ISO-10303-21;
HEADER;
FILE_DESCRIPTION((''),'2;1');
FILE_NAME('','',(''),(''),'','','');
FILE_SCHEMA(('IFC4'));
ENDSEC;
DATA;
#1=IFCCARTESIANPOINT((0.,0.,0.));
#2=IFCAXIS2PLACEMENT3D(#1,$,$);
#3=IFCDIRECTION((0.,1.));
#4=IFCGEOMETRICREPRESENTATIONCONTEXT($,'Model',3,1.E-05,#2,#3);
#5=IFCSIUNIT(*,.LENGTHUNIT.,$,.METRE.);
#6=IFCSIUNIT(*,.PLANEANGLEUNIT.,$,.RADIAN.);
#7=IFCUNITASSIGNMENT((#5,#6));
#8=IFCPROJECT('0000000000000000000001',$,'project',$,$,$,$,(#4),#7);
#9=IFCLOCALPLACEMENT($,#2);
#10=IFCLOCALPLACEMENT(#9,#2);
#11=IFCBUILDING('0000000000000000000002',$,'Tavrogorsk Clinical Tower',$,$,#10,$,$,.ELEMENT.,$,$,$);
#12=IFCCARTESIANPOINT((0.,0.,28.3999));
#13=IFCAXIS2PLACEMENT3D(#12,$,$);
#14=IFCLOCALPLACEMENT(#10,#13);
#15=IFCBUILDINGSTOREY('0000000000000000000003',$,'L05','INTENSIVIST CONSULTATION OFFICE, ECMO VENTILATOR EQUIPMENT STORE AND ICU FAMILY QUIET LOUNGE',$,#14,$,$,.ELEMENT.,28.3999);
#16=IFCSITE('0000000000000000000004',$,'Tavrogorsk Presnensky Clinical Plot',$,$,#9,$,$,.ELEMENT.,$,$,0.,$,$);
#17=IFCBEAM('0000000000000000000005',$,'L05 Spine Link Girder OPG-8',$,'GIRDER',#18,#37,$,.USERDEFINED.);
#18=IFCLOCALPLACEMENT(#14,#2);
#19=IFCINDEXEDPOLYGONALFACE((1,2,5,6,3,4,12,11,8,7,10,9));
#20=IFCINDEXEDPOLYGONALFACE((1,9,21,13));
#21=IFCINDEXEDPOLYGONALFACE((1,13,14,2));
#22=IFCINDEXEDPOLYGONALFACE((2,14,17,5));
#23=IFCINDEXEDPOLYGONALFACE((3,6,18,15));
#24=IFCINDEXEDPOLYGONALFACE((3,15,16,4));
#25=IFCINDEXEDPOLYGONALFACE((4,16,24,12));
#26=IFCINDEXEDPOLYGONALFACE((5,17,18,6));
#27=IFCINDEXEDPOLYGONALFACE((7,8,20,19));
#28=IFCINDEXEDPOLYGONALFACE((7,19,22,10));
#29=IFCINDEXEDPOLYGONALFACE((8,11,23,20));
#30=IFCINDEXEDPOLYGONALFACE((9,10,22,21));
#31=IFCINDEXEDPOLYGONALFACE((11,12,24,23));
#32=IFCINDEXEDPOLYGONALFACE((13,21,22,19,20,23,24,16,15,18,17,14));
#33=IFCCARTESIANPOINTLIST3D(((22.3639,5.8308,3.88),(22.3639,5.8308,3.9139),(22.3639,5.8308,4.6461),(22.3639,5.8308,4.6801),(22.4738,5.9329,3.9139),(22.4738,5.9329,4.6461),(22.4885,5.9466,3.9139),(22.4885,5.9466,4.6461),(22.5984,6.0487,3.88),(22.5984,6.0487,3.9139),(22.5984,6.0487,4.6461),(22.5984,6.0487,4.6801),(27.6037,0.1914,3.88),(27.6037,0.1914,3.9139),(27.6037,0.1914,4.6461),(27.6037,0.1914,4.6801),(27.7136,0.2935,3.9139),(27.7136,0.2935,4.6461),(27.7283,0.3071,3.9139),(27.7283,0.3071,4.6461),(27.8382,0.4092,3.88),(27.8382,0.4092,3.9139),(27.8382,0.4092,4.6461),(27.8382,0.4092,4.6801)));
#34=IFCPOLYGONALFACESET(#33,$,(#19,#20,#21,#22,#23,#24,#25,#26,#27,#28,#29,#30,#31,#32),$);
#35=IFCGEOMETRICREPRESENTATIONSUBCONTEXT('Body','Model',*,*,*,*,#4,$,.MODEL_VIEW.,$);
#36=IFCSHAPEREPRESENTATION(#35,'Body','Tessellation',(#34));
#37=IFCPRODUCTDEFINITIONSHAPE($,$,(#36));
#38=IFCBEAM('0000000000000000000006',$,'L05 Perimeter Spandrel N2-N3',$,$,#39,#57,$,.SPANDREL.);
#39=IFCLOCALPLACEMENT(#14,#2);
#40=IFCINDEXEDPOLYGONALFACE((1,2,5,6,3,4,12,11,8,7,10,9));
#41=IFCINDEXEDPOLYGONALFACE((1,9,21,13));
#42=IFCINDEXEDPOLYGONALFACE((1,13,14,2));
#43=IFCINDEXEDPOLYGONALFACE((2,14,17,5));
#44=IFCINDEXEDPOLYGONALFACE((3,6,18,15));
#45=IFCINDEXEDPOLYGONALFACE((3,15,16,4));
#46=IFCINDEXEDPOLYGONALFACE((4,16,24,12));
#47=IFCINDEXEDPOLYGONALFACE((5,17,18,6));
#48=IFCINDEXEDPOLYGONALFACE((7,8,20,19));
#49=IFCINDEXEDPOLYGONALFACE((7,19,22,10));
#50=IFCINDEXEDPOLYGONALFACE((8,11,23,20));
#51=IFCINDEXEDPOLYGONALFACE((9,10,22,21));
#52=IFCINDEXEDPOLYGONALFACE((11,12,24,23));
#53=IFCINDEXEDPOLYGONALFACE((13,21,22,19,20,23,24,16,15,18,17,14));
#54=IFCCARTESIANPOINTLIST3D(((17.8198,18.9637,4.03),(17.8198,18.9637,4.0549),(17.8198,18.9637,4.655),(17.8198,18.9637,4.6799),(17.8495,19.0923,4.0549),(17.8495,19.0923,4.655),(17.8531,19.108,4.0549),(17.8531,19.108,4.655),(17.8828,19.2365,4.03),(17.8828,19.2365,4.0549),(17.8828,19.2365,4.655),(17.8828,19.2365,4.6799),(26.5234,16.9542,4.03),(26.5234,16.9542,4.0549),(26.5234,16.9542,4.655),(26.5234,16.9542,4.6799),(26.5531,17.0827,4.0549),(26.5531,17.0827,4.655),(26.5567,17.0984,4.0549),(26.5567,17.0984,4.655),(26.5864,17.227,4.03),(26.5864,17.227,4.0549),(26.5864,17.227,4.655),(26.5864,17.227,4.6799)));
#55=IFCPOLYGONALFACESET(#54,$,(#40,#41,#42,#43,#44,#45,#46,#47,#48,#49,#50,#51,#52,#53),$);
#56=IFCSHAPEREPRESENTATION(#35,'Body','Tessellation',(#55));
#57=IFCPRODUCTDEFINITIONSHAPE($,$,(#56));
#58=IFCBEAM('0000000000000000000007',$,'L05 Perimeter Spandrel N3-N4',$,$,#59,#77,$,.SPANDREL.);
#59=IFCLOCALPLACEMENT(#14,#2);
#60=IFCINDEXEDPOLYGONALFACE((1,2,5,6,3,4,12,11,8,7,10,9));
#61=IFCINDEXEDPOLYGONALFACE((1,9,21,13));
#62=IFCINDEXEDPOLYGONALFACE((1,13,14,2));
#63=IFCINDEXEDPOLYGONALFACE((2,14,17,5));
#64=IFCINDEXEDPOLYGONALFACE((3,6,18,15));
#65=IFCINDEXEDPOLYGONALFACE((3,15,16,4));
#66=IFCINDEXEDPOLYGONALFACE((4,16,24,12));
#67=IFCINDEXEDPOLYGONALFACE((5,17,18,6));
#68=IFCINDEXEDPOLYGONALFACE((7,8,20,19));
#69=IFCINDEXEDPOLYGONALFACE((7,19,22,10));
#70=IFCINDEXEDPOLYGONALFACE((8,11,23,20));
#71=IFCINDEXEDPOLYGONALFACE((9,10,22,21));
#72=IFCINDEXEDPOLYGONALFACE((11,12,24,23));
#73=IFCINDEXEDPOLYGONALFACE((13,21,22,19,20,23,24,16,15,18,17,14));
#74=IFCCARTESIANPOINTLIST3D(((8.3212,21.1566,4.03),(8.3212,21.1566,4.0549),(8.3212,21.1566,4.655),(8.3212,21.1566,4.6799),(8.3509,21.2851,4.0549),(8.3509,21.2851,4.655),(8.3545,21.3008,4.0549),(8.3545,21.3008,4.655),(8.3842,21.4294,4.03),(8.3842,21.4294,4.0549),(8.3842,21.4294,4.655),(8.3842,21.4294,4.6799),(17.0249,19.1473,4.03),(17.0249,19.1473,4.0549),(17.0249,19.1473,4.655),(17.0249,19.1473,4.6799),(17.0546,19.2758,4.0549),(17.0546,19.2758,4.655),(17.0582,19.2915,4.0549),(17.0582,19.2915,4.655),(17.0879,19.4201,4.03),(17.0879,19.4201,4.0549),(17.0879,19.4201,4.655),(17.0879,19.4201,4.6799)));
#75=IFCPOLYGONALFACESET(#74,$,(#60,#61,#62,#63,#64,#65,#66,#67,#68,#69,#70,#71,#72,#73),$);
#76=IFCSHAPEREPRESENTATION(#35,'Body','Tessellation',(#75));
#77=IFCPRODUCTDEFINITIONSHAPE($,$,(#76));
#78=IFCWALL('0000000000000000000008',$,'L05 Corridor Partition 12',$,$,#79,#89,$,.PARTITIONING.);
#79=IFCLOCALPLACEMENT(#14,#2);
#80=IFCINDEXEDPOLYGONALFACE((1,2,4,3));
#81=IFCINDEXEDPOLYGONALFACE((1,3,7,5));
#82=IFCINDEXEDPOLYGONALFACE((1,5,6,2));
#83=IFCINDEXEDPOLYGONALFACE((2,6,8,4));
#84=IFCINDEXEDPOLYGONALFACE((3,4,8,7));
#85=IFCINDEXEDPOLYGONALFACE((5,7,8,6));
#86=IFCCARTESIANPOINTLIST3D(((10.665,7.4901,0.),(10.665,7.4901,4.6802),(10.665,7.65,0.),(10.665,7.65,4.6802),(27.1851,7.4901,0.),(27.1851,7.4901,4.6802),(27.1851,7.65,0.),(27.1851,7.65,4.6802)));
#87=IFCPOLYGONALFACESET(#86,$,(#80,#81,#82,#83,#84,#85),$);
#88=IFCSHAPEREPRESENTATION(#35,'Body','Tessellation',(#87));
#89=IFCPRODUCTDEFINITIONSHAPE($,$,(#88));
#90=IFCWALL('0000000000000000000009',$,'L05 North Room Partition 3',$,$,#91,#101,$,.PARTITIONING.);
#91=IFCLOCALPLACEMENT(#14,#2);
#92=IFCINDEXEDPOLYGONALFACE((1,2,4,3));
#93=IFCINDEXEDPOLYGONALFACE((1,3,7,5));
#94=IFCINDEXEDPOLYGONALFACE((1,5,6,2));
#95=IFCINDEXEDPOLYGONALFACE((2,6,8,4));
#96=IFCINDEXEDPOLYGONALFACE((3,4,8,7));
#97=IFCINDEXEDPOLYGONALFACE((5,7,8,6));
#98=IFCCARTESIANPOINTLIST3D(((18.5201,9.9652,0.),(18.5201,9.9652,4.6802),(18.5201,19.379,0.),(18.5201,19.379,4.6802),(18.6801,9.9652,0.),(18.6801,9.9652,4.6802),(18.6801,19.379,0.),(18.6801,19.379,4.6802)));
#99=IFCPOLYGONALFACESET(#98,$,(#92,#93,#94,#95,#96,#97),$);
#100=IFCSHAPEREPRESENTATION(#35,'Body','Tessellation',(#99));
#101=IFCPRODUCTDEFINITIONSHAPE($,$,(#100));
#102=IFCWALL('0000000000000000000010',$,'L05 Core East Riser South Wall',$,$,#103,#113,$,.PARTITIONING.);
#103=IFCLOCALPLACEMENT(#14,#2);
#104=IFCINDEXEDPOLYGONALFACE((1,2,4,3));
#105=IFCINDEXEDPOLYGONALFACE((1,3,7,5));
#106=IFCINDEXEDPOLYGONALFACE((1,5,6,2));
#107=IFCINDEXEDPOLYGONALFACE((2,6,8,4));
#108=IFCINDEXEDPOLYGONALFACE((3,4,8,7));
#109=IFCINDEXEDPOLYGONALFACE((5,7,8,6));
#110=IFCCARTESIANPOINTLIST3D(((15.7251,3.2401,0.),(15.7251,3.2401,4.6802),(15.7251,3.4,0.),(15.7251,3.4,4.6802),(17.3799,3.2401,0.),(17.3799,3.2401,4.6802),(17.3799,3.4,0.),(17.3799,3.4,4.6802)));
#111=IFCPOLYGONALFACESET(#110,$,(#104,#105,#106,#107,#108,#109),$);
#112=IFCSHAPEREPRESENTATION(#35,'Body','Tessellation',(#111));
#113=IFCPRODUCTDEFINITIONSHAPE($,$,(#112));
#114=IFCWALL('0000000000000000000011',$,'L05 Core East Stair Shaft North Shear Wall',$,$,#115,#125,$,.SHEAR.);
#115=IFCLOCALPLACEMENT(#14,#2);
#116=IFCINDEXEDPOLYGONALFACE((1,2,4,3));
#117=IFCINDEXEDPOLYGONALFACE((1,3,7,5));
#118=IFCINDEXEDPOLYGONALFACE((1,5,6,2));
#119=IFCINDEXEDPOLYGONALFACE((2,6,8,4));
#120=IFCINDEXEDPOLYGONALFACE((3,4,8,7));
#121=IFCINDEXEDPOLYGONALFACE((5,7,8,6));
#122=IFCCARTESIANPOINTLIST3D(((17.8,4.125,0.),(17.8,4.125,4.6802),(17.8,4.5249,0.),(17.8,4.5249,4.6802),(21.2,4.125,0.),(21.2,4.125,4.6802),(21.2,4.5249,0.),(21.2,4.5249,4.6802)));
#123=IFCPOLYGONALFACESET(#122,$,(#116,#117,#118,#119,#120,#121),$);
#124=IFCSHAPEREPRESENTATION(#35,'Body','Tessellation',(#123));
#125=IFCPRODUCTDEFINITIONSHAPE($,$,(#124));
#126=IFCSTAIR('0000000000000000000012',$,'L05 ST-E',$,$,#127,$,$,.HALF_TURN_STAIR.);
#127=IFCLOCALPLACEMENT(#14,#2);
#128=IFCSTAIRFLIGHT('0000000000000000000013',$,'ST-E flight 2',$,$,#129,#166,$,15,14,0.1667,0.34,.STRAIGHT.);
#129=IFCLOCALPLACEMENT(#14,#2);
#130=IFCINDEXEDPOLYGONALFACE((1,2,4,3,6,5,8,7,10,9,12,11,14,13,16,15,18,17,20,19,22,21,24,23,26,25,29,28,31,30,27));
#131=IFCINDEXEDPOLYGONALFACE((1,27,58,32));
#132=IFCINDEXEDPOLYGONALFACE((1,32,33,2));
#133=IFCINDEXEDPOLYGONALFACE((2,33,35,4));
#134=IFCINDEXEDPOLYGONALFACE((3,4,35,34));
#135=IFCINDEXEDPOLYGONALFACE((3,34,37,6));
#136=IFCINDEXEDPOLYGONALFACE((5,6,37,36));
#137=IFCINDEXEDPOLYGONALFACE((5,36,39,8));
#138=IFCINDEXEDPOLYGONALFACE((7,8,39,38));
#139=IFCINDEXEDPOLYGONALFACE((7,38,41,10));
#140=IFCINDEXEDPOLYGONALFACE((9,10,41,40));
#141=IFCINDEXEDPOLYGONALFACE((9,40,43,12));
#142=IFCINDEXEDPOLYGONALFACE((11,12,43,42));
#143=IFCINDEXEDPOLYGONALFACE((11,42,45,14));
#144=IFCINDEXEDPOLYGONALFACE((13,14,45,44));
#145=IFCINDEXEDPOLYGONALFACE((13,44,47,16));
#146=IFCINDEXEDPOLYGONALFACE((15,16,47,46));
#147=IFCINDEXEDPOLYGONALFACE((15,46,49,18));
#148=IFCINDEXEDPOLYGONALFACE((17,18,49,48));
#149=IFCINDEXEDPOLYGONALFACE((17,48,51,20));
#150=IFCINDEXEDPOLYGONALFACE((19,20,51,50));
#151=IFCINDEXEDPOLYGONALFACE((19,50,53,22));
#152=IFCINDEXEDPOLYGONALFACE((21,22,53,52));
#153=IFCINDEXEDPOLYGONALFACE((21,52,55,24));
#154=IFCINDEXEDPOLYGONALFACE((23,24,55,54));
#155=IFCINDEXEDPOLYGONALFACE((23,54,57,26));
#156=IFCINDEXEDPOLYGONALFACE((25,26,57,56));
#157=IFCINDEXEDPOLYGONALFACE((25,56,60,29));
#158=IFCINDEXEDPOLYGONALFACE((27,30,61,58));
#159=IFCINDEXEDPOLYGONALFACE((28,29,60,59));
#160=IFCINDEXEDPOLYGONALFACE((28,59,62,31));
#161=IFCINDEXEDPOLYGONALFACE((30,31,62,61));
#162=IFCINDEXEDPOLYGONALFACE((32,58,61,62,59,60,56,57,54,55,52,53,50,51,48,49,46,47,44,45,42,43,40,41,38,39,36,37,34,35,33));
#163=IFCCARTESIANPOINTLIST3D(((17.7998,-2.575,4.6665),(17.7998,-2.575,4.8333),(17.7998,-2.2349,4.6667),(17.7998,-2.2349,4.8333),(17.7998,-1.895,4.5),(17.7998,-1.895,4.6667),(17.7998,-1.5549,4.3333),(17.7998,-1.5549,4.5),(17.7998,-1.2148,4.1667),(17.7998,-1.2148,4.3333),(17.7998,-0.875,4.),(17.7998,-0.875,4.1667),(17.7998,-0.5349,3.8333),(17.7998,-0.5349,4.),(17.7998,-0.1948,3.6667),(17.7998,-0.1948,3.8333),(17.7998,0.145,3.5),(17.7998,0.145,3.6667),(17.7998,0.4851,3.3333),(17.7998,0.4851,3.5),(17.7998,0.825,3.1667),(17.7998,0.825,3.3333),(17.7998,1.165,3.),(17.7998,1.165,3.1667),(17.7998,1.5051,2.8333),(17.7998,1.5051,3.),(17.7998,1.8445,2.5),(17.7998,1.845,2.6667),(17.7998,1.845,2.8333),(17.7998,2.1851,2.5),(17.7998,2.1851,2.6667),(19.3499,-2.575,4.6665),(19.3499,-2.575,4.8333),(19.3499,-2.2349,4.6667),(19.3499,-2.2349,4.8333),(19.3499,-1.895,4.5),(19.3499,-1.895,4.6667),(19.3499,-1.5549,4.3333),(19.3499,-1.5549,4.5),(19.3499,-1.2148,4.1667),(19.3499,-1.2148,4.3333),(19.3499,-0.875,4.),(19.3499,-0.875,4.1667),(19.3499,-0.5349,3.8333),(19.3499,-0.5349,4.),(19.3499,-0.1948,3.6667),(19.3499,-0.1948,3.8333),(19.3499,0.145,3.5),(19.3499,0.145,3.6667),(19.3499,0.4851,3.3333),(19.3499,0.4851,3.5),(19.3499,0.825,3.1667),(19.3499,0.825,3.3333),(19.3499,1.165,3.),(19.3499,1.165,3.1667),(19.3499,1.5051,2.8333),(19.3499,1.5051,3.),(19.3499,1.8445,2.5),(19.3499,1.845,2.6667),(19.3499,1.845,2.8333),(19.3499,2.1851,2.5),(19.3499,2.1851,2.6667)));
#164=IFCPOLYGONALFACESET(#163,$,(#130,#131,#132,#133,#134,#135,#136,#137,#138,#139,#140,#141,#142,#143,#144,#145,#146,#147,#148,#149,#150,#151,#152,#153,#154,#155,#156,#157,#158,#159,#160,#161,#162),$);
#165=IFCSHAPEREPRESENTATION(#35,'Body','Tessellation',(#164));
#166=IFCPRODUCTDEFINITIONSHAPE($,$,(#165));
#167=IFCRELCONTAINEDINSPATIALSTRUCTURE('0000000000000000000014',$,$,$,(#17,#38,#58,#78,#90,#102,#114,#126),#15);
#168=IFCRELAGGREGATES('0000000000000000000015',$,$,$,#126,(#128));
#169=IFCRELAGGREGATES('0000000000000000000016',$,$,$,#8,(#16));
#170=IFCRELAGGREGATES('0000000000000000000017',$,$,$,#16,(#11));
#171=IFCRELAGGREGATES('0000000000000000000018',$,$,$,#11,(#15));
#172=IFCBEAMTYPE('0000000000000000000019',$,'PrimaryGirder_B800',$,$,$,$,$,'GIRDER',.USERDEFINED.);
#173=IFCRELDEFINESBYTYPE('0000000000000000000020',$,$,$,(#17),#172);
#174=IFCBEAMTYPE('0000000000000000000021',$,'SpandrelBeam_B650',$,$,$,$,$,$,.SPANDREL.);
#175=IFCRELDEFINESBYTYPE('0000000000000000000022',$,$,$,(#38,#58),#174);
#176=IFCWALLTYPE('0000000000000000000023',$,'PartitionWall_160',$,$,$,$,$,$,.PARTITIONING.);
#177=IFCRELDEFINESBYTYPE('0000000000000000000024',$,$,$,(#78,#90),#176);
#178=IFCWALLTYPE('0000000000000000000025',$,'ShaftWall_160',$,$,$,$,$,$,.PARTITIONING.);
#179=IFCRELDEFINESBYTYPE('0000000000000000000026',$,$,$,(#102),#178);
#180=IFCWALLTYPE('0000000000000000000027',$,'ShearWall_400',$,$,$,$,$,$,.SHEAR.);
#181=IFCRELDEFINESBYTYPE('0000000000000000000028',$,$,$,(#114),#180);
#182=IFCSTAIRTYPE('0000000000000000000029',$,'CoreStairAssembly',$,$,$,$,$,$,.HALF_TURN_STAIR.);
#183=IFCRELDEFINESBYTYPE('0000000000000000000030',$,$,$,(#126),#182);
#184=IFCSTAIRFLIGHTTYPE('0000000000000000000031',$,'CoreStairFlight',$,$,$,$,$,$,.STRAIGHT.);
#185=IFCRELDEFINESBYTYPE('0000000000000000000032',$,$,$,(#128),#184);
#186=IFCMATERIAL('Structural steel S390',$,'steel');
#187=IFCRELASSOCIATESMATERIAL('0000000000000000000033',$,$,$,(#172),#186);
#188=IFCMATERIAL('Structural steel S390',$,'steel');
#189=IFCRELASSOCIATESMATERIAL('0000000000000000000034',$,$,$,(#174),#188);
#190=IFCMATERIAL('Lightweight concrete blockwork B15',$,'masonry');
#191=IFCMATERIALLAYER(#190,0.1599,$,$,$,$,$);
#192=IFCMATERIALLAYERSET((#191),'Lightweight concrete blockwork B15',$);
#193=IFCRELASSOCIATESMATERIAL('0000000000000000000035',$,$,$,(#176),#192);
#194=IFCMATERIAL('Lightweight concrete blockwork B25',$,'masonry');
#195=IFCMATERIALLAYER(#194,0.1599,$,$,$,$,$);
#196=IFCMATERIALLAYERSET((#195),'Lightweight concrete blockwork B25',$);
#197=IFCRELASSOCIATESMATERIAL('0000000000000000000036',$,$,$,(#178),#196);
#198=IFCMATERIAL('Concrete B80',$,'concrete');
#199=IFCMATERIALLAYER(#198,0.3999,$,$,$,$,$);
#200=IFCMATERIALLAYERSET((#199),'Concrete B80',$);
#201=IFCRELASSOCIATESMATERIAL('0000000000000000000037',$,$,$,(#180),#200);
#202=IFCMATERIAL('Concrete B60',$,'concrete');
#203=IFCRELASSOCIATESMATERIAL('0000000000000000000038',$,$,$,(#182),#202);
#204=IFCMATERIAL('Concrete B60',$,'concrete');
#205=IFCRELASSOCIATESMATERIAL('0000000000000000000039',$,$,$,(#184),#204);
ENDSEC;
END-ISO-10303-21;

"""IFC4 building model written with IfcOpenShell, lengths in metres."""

from ifc_helpers import new_model, si_unit, direction, frame, frame_2d, origin, origin_2d, place, context, subcontext, project, spatial, polyline, rectangle, i_section, outline, extrude, material, layer, layer_set, material_profile, profile_set, type_object, element, aggregate, save


model = new_model("IFC4")

# Units and contexts
model_context = context("Model", 3, precision=1e-05, world=origin(), true_north=direction((0.0, 1.0)))
body_context = subcontext(model_context, "Body", "Model", "MODEL_VIEW")
ifc_project = project(units=[si_unit("LENGTHUNIT", "METRE"), si_unit("PLANEANGLEUNIT", "RADIAN")], contexts=[model_context])

# Site, building, storey
site_placement = place(None, origin())
site = spatial("IfcSite", under=ifc_project, at=site_placement, Name="Tavrogorsk Presnensky Clinical Plot", CompositionType="ELEMENT", RefElevation=0.0)
building_placement = place(site_placement, origin())
building = spatial("IfcBuilding", under=site, at=building_placement, Name="Tavrogorsk Clinical Tower", CompositionType="ELEMENT")
storey_placement = place(building_placement, frame((0.0, 0.0, 28.3999)))
storey = spatial("IfcBuildingStorey", under=building, at=storey_placement, Name="L05", Description="INTENSIVIST CONSULTATION OFFICE, ECMO VENTILATOR EQUIPMENT STORE AND ICU FAMILY QUIET LOUNGE", CompositionType="ELEMENT", Elevation=28.3999)

# Beams
ifc_material_1 = material(Name="Structural steel S390", Category="steel")
ifc_material_profile_1 = material_profile(ifc_material_1, i_section(OverallWidth=0.3201, OverallDepth=0.8, WebThickness=0.02, FlangeThickness=0.0339, at=origin_2d()), Name="B-800x320x20x34")
ifc_profile_set_1 = profile_set([ifc_material_profile_1], Name="Structural steel S390")
beam_type_1 = type_object("IfcBeamType", Name="PrimaryGirder_B800", ElementType="GIRDER", PredefinedType="USERDEFINED", material=ifc_profile_set_1)
for number, where, z_axis, x_axis, name in (
    (1, (27.7209, 0.3003, 4.28), (-0.680671, 0.732589, 0.0), (-0.732589, -0.680671, 0.0), "L05 Spine Link Girder OPG-8"),
):
    element("IfcBeam", number, at=place(storey_placement, frame(where, z_axis=z_axis, x_axis=x_axis)), inside=storey, type_object=beam_type_1, Name=name, ObjectType="GIRDER", PredefinedType="USERDEFINED", context=body_context, shape_type="SweptSolid", body=[
        extrude(i_section(OverallWidth=0.3201, OverallDepth=0.8, WebThickness=0.02, FlangeThickness=0.0339, at=origin_2d()), origin(), (0.0, 0.0, 1.0), 7.698),
    ])
ifc_material_2 = material(Name="Structural steel S390", Category="steel")
ifc_material_profile_2 = material_profile(ifc_material_2, i_section(OverallWidth=0.28, OverallDepth=0.6499, WebThickness=0.0161, FlangeThickness=0.0249, at=origin_2d()), Name="B-650x280x16x25")
ifc_profile_set_2 = profile_set([ifc_material_profile_2], Name="Structural steel S390")
beam_type_2 = type_object("IfcBeamType", Name="SpandrelBeam_B650", PredefinedType="SPANDREL", material=ifc_profile_set_2)
for number, where, z_axis, x_axis, name in (
    (2, (26.5549, 17.0906, 4.355), (-0.974367, 0.224965, 0.0), (-0.224965, -0.974367, 0.0), "L05 Perimeter Spandrel N2-N3"),
    (3, (17.0564, 19.2837, 4.355), (-0.974373, 0.224939, 0.0), (-0.224939, -0.974373, 0.0), "L05 Perimeter Spandrel N3-N4"),
):
    element("IfcBeam", number, at=place(storey_placement, frame(where, z_axis=z_axis, x_axis=x_axis)), inside=storey, type_object=beam_type_2, Name=name, PredefinedType="SPANDREL", context=body_context, shape_type="SweptSolid", body=[
        extrude(i_section(OverallWidth=0.28, OverallDepth=0.6499, WebThickness=0.0161, FlangeThickness=0.0249, at=origin_2d()), origin(), (0.0, 0.0, 1.0), 8.9326),
    ])

# Walls
ifc_material_3 = material(Name="Lightweight concrete blockwork B15", Category="masonry")
ifc_layer_1 = layer(ifc_material_3, 0.1599)
ifc_layer_set_1 = layer_set([ifc_layer_1], Name="Lightweight concrete blockwork B15")
wall_type_1 = type_object("IfcWallType", Name="PartitionWall_160", PredefinedType="PARTITIONING", material=ifc_layer_set_1)
wall_1_placement = place(storey_placement, frame((27.1851, 7.5701, 0.0), z_axis=(0.0, 0.0, 1.0), x_axis=(-1.0, 0.0, 0.0)))
element("IfcWall", 4, at=wall_1_placement, inside=storey, type_object=wall_type_1, Name="L05 Corridor Partition 12", PredefinedType="PARTITIONING", context=body_context, shape_type="SweptSolid", body=[
    extrude(rectangle(XDim=16.52, YDim=0.1599, at=frame_2d((8.26, 0.0))), origin(), (0.0, 0.0, 1.0), 4.6802),
])
wall_2_placement = place(storey_placement, frame((18.6001, 9.9651, 0.0), z_axis=(0.0, 0.0, 1.0), x_axis=(0.0, 1.0, 0.0)))
element("IfcWall", 5, at=wall_2_placement, inside=storey, type_object=wall_type_1, Name="L05 North Room Partition 3", PredefinedType="PARTITIONING", context=body_context, shape_type="SweptSolid", body=[
    extrude(rectangle(XDim=9.4138, YDim=0.1599, at=frame_2d((4.707, 0.0))), origin(), (0.0, 0.0, 1.0), 4.6802),
])
ifc_material_4 = material(Name="Lightweight concrete blockwork B25", Category="masonry")
ifc_layer_2 = layer(ifc_material_4, 0.1599)
ifc_layer_set_2 = layer_set([ifc_layer_2], Name="Lightweight concrete blockwork B25")
wall_type_2 = type_object("IfcWallType", Name="ShaftWall_160", PredefinedType="PARTITIONING", material=ifc_layer_set_2)
wall_3_placement = place(storey_placement, frame((15.7251, 3.3201, 0.0), z_axis=(0.0, 0.0, 1.0), x_axis=(1.0, 0.0, 0.0)))
element("IfcWall", 6, at=wall_3_placement, inside=storey, type_object=wall_type_2, Name="L05 Core East Riser South Wall", PredefinedType="PARTITIONING", context=body_context, shape_type="SweptSolid", body=[
    extrude(rectangle(XDim=1.6548, YDim=0.1599, at=frame_2d((0.8274, 0.0))), origin(), (0.0, 0.0, 1.0), 4.6802),
])
ifc_material_5 = material(Name="Concrete B80", Category="concrete")
ifc_layer_3 = layer(ifc_material_5, 0.3999)
ifc_layer_set_3 = layer_set([ifc_layer_3], Name="Concrete B80")
wall_type_3 = type_object("IfcWallType", Name="ShearWall_400", PredefinedType="SHEAR", material=ifc_layer_set_3)
wall_4_placement = place(storey_placement, frame((17.8, 4.325, 0.0), z_axis=(0.0, 0.0, 1.0), x_axis=(1.0, 0.0, 0.0)))
element("IfcWall", 7, at=wall_4_placement, inside=storey, type_object=wall_type_3, Name="L05 Core East Stair Shaft North Shear Wall", PredefinedType="SHEAR", context=body_context, shape_type="SweptSolid", body=[
    extrude(rectangle(XDim=3.3999, YDim=0.3999, at=frame_2d((1.7, 0.0))), origin(), (0.0, 0.0, 1.0), 4.6802),
])

# Stair, stair flight
ifc_material_6 = material(Name="Concrete B60", Category="concrete")
stair_type = type_object("IfcStairType", Name="CoreStairAssembly", PredefinedType="HALF_TURN_STAIR", material=ifc_material_6)
stair_placement = place(storey_placement, origin())
stair = element("IfcStair", 8, at=stair_placement, inside=storey, type_object=stair_type, Name="L05 ST-E", PredefinedType="HALF_TURN_STAIR")
ifc_material_7 = material(Name="Concrete B60", Category="concrete")
stair_flight_type = type_object("IfcStairFlightType", Name="CoreStairFlight", PredefinedType="STRAIGHT", material=ifc_material_7)
stair_flight_placement = place(storey_placement, frame((18.575, 2.1851, 2.5), z_axis=(0.0, 0.0, 1.0), x_axis=(0.0, -1.0, 0.0)))
stair_flight = element("IfcStairFlight", 9, at=stair_flight_placement, type_object=stair_flight_type, Name="ST-E flight 2", NumberOfRisers=15, NumberOfTreads=14, PredefinedType="STRAIGHT", RiserHeight=0.1667, TreadLength=0.34, context=body_context, shape_type="SweptSolid", body=[
    extrude(outline(polyline([(0.0, 0.0), (0.0, 0.1667), (0.3401, 0.1667), (0.3401, 0.3333), (0.6799, 0.3333), (0.6799, 0.5), (1.02, 0.5), (1.02, 0.6667), (1.3601, 0.6667), (1.3601, 0.8333), (1.7, 0.8333), (1.7, 1.0), (2.04, 1.0), (2.04, 1.1667), (2.3799, 1.1667), (2.3799, 1.3333), (2.72, 1.3333), (2.72, 1.5), (3.0601, 1.5), (3.0601, 1.6667), (3.3999, 1.6667), (3.3999, 1.8333), (3.74, 1.8333), (3.74, 2.0), (4.0801, 2.0), (4.0801, 2.1667), (4.4199, 2.1667), (4.4199, 2.3333), (4.76, 2.3333), (4.76, 2.5), (4.76, 2.1665), (0.3406, 0.0), (0.0, 0.0)])), frame((0.0, 0.7749, 0.0), z_axis=(0.0, -1.0, 0.0), x_axis=(1.0, 0.0, 0.0)), (0.0, 0.0, 1.0), 1.55),
])
aggregate(stair, [stair_flight])

save(model, "model.ifc")
